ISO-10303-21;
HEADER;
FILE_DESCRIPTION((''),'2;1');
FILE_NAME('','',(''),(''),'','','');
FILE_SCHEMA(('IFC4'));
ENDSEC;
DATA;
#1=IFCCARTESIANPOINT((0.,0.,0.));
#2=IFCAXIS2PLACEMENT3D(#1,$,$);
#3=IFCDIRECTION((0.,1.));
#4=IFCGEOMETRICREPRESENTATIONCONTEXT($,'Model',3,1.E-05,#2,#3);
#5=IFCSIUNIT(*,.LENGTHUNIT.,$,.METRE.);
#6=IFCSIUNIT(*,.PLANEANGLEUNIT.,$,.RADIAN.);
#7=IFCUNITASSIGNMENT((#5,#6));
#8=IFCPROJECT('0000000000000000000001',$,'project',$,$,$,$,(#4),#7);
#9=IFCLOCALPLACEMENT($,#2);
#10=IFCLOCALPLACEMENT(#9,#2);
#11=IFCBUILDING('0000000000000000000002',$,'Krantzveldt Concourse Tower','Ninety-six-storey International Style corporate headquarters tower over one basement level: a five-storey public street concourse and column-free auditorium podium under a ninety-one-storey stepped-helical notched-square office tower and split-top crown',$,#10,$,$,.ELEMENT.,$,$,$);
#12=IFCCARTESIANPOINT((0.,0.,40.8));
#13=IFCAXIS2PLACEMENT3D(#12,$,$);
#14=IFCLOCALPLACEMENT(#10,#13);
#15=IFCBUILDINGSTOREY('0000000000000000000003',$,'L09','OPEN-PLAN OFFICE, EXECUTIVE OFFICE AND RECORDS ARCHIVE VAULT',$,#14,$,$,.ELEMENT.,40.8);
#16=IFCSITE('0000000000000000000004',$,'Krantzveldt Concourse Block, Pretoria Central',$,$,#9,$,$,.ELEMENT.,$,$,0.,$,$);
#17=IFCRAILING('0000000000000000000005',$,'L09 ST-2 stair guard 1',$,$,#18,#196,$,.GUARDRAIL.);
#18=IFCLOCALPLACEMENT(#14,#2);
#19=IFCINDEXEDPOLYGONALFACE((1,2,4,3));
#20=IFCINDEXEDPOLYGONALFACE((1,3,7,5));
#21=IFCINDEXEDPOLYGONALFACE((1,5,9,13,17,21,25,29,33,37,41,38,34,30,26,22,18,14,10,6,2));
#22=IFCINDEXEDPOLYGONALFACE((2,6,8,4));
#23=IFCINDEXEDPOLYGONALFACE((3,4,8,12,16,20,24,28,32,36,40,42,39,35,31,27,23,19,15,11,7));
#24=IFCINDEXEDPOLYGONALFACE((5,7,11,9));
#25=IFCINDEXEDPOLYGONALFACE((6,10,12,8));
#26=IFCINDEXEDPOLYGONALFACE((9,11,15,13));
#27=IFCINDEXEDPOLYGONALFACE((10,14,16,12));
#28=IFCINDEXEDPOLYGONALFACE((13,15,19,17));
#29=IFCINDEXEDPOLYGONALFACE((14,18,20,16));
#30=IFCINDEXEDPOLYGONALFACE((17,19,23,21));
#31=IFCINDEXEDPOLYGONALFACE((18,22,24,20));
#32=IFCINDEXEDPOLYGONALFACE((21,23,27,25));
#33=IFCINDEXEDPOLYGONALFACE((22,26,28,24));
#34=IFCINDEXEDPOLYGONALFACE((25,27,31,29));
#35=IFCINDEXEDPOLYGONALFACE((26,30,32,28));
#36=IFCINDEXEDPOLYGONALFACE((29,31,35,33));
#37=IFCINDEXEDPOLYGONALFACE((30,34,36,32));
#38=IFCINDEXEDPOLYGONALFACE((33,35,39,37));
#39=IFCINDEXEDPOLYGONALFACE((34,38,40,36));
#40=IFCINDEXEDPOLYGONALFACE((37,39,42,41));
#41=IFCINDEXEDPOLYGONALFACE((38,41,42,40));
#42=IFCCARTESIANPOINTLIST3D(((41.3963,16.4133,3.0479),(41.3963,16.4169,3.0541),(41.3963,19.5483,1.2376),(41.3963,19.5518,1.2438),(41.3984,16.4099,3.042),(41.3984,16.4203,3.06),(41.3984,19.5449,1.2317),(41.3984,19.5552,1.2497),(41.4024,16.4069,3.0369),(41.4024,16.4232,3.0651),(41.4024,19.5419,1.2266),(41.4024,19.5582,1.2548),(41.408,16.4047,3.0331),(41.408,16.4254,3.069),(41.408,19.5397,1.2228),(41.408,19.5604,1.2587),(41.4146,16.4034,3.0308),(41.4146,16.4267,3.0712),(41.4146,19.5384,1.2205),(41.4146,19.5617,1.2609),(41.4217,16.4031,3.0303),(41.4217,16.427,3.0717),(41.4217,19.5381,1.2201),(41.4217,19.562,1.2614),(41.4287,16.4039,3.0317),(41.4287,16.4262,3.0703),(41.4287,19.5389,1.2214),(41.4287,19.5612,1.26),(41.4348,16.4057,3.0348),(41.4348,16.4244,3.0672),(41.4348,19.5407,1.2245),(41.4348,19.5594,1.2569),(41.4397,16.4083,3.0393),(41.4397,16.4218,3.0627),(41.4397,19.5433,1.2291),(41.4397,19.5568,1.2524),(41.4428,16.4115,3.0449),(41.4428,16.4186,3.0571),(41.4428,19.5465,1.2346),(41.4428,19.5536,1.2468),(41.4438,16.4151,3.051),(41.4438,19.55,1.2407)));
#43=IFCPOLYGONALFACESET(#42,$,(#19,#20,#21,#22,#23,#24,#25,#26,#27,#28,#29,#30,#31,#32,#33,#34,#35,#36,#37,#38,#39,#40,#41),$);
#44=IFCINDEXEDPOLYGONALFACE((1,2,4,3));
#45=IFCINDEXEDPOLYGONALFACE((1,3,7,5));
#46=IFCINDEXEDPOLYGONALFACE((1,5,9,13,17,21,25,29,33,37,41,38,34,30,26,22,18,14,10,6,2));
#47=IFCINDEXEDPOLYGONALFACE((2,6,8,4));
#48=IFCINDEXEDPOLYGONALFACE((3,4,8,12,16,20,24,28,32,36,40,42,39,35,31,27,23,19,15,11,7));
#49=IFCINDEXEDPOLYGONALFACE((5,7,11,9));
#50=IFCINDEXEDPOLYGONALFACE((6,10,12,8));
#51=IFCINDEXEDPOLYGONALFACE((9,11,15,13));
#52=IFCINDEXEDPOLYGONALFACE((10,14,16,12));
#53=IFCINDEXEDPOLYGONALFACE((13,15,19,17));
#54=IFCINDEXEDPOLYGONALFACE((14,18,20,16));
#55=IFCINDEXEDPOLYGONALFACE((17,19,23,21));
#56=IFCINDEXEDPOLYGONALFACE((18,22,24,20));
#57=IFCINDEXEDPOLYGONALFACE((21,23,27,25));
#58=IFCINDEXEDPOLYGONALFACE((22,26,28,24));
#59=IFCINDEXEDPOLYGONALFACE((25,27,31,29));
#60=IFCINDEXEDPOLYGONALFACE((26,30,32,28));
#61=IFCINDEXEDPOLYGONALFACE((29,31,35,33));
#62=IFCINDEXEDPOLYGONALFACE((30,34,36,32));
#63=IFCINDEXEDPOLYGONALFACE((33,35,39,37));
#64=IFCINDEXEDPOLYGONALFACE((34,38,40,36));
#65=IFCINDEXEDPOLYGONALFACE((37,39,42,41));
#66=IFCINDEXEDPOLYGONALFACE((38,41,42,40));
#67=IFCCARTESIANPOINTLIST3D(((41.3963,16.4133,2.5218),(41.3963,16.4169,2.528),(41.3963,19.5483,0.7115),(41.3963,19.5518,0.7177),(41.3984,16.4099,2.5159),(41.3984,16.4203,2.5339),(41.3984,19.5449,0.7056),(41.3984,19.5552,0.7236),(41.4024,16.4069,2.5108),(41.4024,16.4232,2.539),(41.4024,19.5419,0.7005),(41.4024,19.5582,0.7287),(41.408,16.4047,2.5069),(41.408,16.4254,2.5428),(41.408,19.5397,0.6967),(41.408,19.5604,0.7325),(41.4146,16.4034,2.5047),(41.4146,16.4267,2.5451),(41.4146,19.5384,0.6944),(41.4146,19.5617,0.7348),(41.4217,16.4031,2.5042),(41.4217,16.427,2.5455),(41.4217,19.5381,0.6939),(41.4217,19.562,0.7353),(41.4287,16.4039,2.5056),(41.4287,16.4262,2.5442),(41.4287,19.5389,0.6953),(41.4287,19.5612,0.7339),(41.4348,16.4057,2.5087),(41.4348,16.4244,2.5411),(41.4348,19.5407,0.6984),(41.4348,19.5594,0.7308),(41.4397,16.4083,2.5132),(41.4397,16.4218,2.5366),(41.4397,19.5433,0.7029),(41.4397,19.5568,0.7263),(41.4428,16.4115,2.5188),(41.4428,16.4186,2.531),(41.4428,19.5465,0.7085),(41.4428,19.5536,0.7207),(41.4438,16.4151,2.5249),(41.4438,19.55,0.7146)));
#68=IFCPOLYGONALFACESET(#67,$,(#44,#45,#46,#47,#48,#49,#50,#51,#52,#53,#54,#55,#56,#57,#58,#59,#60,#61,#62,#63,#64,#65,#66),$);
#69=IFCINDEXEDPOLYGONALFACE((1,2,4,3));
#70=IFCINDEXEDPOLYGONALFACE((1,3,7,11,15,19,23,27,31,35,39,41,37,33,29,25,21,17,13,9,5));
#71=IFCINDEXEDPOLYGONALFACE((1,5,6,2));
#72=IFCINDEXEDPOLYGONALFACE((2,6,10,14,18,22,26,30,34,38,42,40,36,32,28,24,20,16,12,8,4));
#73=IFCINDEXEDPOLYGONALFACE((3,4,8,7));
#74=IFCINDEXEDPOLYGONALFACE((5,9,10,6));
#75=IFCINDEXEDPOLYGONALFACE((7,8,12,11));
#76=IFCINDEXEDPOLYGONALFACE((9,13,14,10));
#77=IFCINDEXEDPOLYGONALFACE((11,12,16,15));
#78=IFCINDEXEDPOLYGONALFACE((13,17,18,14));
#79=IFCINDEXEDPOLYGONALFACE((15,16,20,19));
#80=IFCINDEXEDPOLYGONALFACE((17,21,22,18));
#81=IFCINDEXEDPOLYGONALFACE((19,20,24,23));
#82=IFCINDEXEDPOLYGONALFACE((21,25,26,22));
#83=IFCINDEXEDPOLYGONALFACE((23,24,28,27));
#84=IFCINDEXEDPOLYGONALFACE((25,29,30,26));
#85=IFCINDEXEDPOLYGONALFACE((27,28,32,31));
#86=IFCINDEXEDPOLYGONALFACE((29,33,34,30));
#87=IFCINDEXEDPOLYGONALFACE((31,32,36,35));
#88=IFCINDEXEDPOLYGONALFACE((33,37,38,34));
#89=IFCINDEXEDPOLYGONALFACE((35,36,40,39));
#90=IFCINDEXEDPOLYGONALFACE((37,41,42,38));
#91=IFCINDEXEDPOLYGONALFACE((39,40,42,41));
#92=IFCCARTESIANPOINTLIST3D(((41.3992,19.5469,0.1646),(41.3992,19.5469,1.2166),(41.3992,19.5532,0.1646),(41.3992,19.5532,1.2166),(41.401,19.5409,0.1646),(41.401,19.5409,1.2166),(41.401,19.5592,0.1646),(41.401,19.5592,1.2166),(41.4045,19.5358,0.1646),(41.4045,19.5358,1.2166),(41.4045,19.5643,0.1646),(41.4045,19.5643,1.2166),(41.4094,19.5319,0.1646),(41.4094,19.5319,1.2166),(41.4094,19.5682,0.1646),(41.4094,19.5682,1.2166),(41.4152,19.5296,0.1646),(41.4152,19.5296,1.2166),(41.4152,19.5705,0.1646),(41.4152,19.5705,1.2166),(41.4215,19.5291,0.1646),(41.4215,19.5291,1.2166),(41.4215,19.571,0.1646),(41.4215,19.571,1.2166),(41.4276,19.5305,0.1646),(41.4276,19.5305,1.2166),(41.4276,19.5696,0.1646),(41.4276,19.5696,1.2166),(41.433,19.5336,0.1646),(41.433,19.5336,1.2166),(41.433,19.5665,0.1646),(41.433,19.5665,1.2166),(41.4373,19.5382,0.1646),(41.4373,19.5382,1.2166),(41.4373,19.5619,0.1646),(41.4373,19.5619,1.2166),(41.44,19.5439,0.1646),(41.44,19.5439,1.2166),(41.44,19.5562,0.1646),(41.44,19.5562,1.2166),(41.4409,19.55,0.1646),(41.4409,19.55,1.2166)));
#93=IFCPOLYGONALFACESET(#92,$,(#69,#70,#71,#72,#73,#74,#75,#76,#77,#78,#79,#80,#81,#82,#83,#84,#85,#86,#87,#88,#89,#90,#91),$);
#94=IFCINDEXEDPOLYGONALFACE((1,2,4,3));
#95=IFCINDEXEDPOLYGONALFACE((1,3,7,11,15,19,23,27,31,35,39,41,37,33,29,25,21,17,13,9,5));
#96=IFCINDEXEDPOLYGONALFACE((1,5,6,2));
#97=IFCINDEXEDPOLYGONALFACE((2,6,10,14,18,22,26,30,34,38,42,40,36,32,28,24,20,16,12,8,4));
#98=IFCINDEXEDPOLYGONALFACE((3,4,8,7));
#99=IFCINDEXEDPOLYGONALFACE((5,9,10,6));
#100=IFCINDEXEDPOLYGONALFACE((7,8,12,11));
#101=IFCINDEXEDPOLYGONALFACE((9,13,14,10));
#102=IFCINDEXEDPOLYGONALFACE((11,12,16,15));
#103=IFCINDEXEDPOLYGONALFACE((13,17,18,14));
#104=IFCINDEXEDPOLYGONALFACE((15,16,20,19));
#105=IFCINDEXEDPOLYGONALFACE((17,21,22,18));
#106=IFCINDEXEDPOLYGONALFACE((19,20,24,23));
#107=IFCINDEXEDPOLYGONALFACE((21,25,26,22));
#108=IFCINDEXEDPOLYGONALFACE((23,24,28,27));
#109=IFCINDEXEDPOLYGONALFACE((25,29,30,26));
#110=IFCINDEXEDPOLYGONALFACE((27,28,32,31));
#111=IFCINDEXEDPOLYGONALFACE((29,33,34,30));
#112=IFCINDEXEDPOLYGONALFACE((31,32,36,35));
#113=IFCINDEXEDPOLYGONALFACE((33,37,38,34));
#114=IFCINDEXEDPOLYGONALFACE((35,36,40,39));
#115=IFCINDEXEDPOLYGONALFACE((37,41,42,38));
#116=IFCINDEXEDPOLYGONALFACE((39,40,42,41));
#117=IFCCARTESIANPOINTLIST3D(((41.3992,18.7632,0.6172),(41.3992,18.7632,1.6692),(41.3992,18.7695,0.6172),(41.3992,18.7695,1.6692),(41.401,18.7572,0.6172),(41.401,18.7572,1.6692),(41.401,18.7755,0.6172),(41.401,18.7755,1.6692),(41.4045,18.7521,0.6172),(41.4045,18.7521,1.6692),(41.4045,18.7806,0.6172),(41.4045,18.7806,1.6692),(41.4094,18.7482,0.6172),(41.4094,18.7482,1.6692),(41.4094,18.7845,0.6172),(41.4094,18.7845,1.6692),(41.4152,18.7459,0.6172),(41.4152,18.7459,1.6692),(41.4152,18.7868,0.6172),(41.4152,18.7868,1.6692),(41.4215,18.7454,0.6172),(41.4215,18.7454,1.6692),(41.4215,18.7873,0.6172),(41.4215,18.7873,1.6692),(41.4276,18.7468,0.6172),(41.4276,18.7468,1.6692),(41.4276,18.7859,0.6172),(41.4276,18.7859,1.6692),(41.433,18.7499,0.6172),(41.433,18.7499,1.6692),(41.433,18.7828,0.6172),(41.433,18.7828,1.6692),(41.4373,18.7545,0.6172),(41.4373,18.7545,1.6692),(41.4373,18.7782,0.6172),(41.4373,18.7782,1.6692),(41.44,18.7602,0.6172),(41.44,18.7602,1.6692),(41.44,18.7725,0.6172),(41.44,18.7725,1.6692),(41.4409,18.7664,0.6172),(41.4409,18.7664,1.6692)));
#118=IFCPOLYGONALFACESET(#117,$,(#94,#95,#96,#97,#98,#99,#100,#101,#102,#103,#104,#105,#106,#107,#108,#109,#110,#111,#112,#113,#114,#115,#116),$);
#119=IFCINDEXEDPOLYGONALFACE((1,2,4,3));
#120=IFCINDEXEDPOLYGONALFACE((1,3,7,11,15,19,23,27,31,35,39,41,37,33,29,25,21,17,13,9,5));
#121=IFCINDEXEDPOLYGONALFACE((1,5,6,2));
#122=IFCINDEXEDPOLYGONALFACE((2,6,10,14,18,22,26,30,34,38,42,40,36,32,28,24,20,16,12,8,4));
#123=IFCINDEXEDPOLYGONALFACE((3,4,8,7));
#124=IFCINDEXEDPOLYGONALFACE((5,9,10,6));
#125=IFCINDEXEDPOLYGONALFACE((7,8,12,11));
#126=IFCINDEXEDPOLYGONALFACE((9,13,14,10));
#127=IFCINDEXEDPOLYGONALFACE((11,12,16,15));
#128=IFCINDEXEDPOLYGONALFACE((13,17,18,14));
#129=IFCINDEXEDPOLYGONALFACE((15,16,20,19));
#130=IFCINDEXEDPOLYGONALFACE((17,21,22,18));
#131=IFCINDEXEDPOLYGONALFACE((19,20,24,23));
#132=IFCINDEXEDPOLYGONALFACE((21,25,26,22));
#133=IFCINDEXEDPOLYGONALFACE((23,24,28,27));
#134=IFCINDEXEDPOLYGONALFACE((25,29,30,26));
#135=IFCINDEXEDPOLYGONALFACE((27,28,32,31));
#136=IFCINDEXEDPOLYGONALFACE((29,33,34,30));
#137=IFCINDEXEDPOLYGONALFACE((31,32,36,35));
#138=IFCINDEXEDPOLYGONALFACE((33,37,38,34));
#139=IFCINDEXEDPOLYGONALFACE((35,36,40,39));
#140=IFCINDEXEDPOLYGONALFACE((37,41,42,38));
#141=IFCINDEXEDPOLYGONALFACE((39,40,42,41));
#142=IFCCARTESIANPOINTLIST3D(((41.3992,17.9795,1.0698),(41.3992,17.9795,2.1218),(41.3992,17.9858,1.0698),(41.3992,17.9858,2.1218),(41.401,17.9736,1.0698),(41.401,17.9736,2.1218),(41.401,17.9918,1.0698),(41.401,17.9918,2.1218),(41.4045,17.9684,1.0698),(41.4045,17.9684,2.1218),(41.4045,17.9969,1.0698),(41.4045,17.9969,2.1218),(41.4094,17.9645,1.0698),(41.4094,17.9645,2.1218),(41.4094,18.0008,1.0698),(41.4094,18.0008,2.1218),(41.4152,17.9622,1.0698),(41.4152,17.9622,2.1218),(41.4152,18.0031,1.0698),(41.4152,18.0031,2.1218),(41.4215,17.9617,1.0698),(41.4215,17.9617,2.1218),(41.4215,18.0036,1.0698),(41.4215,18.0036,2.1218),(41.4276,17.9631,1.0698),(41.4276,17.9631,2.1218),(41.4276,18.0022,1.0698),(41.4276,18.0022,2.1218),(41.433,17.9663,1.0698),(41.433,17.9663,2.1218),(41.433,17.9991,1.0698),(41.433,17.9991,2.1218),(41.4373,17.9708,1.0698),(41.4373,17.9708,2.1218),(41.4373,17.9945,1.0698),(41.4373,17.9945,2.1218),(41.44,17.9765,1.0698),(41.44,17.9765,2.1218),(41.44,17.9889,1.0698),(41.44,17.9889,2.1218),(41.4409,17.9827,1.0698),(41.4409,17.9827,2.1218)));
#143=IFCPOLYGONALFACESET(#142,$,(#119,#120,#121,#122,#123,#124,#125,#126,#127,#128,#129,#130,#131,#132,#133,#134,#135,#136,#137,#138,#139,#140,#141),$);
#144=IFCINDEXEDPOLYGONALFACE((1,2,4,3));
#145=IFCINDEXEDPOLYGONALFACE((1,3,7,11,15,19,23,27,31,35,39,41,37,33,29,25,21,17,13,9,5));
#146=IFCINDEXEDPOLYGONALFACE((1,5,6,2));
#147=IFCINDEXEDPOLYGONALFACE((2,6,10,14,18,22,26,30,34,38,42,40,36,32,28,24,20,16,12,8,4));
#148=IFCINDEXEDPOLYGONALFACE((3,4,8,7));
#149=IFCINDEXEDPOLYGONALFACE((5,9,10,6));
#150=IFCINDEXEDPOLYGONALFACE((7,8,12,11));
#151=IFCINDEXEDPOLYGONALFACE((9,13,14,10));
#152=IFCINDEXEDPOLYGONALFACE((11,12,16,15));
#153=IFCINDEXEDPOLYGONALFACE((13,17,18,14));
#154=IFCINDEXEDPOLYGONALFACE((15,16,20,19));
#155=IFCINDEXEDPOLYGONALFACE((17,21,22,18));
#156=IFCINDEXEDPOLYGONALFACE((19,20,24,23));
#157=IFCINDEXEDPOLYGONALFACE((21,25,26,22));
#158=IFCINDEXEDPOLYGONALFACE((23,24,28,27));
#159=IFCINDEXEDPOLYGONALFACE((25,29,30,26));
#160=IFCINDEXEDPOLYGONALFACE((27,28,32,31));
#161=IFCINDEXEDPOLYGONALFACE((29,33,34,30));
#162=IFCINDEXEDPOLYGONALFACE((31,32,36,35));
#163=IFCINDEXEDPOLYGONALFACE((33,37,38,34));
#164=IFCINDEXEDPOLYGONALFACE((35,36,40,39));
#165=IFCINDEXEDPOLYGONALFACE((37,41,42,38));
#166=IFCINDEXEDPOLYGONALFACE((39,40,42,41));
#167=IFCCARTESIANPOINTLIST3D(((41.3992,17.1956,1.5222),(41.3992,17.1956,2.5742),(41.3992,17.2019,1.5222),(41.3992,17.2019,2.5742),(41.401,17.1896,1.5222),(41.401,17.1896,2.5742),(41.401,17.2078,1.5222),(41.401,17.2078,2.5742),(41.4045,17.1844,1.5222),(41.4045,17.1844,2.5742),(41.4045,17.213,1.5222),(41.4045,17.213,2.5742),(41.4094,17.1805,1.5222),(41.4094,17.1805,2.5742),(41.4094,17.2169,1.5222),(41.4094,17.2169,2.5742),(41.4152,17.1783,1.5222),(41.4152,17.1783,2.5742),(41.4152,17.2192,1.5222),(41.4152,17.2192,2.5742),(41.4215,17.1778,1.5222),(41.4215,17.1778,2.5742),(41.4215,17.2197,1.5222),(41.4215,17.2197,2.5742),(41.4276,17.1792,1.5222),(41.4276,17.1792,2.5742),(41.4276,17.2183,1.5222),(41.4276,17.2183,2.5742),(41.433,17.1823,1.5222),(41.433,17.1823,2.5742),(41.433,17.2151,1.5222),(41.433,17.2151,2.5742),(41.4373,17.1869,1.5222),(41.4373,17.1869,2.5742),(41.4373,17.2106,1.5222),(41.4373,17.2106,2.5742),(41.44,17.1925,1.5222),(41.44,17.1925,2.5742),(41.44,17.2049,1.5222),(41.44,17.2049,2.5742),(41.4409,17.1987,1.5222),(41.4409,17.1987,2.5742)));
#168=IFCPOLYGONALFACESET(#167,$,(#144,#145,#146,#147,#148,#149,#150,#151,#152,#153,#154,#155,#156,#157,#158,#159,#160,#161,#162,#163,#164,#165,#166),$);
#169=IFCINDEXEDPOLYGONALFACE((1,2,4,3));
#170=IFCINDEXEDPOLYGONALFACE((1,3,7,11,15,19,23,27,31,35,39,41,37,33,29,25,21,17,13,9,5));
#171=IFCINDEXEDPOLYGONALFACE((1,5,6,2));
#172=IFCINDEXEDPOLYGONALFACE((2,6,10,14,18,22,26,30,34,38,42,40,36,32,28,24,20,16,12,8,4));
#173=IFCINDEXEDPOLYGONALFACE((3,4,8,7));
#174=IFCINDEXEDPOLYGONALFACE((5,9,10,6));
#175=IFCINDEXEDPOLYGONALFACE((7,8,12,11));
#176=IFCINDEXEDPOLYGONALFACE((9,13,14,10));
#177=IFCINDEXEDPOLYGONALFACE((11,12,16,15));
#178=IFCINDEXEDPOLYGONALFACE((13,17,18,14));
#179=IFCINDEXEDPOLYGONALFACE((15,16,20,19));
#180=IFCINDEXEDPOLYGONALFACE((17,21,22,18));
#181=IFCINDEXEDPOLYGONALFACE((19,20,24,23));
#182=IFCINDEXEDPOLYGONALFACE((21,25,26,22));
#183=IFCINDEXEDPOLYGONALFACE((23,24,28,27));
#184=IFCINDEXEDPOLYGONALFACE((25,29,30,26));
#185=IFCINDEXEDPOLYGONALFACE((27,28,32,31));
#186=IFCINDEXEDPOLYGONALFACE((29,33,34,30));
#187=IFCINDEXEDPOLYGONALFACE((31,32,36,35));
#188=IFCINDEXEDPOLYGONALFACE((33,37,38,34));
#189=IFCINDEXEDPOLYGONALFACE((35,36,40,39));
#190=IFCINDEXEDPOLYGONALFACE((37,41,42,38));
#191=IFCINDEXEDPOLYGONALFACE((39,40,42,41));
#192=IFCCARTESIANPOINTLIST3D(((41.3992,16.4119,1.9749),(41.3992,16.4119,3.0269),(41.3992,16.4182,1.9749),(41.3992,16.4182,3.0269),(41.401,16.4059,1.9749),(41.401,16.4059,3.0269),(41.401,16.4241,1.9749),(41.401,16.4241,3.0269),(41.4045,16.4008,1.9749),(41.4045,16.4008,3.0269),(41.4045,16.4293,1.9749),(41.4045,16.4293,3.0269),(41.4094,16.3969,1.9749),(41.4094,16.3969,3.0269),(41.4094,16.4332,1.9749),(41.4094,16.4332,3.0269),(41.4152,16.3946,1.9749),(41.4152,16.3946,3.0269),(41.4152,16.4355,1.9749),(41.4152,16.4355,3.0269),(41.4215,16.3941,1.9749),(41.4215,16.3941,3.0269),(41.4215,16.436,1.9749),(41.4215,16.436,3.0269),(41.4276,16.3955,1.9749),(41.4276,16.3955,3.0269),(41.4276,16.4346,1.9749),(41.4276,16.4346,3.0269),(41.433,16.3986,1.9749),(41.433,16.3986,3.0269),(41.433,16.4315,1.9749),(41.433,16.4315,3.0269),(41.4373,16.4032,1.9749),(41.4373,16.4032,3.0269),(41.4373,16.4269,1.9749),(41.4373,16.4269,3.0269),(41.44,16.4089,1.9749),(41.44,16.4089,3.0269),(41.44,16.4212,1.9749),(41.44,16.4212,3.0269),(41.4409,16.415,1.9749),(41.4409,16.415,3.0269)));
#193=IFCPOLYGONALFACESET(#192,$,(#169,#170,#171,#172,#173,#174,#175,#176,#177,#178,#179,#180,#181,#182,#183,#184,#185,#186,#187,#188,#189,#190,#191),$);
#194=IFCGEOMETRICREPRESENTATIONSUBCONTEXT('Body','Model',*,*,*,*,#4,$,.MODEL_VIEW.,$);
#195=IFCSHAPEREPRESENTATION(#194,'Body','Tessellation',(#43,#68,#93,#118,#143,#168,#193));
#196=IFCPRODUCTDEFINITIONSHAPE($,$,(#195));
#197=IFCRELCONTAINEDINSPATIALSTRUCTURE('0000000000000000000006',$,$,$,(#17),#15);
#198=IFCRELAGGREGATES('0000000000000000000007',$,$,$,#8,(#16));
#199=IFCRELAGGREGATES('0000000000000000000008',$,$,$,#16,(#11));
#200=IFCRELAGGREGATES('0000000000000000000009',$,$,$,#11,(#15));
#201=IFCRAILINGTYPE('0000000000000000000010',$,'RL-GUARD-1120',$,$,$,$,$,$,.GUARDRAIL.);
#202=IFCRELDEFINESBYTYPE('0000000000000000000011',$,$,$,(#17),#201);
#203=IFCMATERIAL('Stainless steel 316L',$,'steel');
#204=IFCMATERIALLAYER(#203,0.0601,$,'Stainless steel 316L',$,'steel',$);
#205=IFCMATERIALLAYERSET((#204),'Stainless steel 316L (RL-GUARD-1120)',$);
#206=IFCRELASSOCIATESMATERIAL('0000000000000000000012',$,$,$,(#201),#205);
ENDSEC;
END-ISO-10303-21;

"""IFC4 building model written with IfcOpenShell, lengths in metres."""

from ifc_helpers import new_model, si_unit, direction, frame, origin, origin_2d, place, context, subcontext, project, spatial, circle, extrude, material, layer, layer_set, type_object, element, save


model = new_model("IFC4")

# Units and contexts
model_context = context("Model", 3, precision=1e-05, world=origin(), true_north=direction((0.0, 1.0)))
body_context = subcontext(model_context, "Body", "Model", "MODEL_VIEW")
ifc_project = project(units=[si_unit("LENGTHUNIT", "METRE"), si_unit("PLANEANGLEUNIT", "RADIAN")], contexts=[model_context])

# Site, building, storey
site_placement = place(None, origin())
site = spatial("IfcSite", under=ifc_project, at=site_placement, Name="Krantzveldt Concourse Block, Pretoria Central", CompositionType="ELEMENT", RefElevation=0.0)
building_placement = place(site_placement, origin())
building = spatial("IfcBuilding", under=site, at=building_placement, Name="Krantzveldt Concourse Tower", Description="Ninety-six-storey International Style corporate headquarters tower over one basement level: a five-storey public street concourse and column-free auditorium podium under a ninety-one-storey stepped-helical notched-square office tower and split-top crown", CompositionType="ELEMENT")
storey_placement = place(building_placement, frame((0.0, 0.0, 40.8)))
storey = spatial("IfcBuildingStorey", under=building, at=storey_placement, Name="L09", Description="OPEN-PLAN OFFICE, EXECUTIVE OFFICE AND RECORDS ARCHIVE VAULT", CompositionType="ELEMENT", Elevation=40.8)

# Shared definitions
ifc_material_1 = material(Name="Stainless steel 316L", Category="steel")

# Railing
ifc_layer_1 = layer(ifc_material_1, 0.0601, Name="Stainless steel 316L", Category="steel")
ifc_layer_set_1 = layer_set([ifc_layer_1], Name="Stainless steel 316L (RL-GUARD-1120)")
railing_type_1 = type_object("IfcRailingType", Name="RL-GUARD-1120", PredefinedType="GUARDRAIL", material=ifc_layer_set_1)
railing_1_placement = place(storey_placement, frame((41.4199, 19.55, 0.1646)))
element("IfcRailing", 1, at=railing_1_placement, inside=storey, type_object=railing_type_1, Name="L09 ST-2 stair guard 1", PredefinedType="GUARDRAIL", context=body_context, shape_type="SweptSolid", body=[
    extrude(circle(Radius=0.0239, at=origin_2d()), frame((0.0, 0.0, 1.0762), z_axis=(0.0, -0.865989, 0.500063), x_axis=(1.0, 0.0, 0.0)), (0.0, 0.0, 1.0), 3.6201),
    extrude(circle(Radius=0.0239, at=origin_2d()), frame((0.0, 0.0, 0.55), z_axis=(0.0, -0.865989, 0.500063), x_axis=(1.0, 0.0, 0.0)), (0.0, 0.0, 1.0), 3.6201),
    extrude(circle(Radius=0.021, at=origin_2d()), origin(), (0.0, 0.0, 1.0), 1.052),
    extrude(circle(Radius=0.021, at=origin_2d()), frame((0.0, -0.7837, 0.4526)), (0.0, 0.0, 1.0), 1.052),
    extrude(circle(Radius=0.021, at=origin_2d()), frame((0.0, -1.5674, 0.9053)), (0.0, 0.0, 1.0), 1.052),
    extrude(circle(Radius=0.021, at=origin_2d()), frame((0.0, -2.3513, 1.3577)), (0.0, 0.0, 1.0), 1.052),
    extrude(circle(Radius=0.021, at=origin_2d()), frame((0.0, -3.135, 1.8103)), (0.0, 0.0, 1.0), 1.052),
])

save(model, "model.ifc")
